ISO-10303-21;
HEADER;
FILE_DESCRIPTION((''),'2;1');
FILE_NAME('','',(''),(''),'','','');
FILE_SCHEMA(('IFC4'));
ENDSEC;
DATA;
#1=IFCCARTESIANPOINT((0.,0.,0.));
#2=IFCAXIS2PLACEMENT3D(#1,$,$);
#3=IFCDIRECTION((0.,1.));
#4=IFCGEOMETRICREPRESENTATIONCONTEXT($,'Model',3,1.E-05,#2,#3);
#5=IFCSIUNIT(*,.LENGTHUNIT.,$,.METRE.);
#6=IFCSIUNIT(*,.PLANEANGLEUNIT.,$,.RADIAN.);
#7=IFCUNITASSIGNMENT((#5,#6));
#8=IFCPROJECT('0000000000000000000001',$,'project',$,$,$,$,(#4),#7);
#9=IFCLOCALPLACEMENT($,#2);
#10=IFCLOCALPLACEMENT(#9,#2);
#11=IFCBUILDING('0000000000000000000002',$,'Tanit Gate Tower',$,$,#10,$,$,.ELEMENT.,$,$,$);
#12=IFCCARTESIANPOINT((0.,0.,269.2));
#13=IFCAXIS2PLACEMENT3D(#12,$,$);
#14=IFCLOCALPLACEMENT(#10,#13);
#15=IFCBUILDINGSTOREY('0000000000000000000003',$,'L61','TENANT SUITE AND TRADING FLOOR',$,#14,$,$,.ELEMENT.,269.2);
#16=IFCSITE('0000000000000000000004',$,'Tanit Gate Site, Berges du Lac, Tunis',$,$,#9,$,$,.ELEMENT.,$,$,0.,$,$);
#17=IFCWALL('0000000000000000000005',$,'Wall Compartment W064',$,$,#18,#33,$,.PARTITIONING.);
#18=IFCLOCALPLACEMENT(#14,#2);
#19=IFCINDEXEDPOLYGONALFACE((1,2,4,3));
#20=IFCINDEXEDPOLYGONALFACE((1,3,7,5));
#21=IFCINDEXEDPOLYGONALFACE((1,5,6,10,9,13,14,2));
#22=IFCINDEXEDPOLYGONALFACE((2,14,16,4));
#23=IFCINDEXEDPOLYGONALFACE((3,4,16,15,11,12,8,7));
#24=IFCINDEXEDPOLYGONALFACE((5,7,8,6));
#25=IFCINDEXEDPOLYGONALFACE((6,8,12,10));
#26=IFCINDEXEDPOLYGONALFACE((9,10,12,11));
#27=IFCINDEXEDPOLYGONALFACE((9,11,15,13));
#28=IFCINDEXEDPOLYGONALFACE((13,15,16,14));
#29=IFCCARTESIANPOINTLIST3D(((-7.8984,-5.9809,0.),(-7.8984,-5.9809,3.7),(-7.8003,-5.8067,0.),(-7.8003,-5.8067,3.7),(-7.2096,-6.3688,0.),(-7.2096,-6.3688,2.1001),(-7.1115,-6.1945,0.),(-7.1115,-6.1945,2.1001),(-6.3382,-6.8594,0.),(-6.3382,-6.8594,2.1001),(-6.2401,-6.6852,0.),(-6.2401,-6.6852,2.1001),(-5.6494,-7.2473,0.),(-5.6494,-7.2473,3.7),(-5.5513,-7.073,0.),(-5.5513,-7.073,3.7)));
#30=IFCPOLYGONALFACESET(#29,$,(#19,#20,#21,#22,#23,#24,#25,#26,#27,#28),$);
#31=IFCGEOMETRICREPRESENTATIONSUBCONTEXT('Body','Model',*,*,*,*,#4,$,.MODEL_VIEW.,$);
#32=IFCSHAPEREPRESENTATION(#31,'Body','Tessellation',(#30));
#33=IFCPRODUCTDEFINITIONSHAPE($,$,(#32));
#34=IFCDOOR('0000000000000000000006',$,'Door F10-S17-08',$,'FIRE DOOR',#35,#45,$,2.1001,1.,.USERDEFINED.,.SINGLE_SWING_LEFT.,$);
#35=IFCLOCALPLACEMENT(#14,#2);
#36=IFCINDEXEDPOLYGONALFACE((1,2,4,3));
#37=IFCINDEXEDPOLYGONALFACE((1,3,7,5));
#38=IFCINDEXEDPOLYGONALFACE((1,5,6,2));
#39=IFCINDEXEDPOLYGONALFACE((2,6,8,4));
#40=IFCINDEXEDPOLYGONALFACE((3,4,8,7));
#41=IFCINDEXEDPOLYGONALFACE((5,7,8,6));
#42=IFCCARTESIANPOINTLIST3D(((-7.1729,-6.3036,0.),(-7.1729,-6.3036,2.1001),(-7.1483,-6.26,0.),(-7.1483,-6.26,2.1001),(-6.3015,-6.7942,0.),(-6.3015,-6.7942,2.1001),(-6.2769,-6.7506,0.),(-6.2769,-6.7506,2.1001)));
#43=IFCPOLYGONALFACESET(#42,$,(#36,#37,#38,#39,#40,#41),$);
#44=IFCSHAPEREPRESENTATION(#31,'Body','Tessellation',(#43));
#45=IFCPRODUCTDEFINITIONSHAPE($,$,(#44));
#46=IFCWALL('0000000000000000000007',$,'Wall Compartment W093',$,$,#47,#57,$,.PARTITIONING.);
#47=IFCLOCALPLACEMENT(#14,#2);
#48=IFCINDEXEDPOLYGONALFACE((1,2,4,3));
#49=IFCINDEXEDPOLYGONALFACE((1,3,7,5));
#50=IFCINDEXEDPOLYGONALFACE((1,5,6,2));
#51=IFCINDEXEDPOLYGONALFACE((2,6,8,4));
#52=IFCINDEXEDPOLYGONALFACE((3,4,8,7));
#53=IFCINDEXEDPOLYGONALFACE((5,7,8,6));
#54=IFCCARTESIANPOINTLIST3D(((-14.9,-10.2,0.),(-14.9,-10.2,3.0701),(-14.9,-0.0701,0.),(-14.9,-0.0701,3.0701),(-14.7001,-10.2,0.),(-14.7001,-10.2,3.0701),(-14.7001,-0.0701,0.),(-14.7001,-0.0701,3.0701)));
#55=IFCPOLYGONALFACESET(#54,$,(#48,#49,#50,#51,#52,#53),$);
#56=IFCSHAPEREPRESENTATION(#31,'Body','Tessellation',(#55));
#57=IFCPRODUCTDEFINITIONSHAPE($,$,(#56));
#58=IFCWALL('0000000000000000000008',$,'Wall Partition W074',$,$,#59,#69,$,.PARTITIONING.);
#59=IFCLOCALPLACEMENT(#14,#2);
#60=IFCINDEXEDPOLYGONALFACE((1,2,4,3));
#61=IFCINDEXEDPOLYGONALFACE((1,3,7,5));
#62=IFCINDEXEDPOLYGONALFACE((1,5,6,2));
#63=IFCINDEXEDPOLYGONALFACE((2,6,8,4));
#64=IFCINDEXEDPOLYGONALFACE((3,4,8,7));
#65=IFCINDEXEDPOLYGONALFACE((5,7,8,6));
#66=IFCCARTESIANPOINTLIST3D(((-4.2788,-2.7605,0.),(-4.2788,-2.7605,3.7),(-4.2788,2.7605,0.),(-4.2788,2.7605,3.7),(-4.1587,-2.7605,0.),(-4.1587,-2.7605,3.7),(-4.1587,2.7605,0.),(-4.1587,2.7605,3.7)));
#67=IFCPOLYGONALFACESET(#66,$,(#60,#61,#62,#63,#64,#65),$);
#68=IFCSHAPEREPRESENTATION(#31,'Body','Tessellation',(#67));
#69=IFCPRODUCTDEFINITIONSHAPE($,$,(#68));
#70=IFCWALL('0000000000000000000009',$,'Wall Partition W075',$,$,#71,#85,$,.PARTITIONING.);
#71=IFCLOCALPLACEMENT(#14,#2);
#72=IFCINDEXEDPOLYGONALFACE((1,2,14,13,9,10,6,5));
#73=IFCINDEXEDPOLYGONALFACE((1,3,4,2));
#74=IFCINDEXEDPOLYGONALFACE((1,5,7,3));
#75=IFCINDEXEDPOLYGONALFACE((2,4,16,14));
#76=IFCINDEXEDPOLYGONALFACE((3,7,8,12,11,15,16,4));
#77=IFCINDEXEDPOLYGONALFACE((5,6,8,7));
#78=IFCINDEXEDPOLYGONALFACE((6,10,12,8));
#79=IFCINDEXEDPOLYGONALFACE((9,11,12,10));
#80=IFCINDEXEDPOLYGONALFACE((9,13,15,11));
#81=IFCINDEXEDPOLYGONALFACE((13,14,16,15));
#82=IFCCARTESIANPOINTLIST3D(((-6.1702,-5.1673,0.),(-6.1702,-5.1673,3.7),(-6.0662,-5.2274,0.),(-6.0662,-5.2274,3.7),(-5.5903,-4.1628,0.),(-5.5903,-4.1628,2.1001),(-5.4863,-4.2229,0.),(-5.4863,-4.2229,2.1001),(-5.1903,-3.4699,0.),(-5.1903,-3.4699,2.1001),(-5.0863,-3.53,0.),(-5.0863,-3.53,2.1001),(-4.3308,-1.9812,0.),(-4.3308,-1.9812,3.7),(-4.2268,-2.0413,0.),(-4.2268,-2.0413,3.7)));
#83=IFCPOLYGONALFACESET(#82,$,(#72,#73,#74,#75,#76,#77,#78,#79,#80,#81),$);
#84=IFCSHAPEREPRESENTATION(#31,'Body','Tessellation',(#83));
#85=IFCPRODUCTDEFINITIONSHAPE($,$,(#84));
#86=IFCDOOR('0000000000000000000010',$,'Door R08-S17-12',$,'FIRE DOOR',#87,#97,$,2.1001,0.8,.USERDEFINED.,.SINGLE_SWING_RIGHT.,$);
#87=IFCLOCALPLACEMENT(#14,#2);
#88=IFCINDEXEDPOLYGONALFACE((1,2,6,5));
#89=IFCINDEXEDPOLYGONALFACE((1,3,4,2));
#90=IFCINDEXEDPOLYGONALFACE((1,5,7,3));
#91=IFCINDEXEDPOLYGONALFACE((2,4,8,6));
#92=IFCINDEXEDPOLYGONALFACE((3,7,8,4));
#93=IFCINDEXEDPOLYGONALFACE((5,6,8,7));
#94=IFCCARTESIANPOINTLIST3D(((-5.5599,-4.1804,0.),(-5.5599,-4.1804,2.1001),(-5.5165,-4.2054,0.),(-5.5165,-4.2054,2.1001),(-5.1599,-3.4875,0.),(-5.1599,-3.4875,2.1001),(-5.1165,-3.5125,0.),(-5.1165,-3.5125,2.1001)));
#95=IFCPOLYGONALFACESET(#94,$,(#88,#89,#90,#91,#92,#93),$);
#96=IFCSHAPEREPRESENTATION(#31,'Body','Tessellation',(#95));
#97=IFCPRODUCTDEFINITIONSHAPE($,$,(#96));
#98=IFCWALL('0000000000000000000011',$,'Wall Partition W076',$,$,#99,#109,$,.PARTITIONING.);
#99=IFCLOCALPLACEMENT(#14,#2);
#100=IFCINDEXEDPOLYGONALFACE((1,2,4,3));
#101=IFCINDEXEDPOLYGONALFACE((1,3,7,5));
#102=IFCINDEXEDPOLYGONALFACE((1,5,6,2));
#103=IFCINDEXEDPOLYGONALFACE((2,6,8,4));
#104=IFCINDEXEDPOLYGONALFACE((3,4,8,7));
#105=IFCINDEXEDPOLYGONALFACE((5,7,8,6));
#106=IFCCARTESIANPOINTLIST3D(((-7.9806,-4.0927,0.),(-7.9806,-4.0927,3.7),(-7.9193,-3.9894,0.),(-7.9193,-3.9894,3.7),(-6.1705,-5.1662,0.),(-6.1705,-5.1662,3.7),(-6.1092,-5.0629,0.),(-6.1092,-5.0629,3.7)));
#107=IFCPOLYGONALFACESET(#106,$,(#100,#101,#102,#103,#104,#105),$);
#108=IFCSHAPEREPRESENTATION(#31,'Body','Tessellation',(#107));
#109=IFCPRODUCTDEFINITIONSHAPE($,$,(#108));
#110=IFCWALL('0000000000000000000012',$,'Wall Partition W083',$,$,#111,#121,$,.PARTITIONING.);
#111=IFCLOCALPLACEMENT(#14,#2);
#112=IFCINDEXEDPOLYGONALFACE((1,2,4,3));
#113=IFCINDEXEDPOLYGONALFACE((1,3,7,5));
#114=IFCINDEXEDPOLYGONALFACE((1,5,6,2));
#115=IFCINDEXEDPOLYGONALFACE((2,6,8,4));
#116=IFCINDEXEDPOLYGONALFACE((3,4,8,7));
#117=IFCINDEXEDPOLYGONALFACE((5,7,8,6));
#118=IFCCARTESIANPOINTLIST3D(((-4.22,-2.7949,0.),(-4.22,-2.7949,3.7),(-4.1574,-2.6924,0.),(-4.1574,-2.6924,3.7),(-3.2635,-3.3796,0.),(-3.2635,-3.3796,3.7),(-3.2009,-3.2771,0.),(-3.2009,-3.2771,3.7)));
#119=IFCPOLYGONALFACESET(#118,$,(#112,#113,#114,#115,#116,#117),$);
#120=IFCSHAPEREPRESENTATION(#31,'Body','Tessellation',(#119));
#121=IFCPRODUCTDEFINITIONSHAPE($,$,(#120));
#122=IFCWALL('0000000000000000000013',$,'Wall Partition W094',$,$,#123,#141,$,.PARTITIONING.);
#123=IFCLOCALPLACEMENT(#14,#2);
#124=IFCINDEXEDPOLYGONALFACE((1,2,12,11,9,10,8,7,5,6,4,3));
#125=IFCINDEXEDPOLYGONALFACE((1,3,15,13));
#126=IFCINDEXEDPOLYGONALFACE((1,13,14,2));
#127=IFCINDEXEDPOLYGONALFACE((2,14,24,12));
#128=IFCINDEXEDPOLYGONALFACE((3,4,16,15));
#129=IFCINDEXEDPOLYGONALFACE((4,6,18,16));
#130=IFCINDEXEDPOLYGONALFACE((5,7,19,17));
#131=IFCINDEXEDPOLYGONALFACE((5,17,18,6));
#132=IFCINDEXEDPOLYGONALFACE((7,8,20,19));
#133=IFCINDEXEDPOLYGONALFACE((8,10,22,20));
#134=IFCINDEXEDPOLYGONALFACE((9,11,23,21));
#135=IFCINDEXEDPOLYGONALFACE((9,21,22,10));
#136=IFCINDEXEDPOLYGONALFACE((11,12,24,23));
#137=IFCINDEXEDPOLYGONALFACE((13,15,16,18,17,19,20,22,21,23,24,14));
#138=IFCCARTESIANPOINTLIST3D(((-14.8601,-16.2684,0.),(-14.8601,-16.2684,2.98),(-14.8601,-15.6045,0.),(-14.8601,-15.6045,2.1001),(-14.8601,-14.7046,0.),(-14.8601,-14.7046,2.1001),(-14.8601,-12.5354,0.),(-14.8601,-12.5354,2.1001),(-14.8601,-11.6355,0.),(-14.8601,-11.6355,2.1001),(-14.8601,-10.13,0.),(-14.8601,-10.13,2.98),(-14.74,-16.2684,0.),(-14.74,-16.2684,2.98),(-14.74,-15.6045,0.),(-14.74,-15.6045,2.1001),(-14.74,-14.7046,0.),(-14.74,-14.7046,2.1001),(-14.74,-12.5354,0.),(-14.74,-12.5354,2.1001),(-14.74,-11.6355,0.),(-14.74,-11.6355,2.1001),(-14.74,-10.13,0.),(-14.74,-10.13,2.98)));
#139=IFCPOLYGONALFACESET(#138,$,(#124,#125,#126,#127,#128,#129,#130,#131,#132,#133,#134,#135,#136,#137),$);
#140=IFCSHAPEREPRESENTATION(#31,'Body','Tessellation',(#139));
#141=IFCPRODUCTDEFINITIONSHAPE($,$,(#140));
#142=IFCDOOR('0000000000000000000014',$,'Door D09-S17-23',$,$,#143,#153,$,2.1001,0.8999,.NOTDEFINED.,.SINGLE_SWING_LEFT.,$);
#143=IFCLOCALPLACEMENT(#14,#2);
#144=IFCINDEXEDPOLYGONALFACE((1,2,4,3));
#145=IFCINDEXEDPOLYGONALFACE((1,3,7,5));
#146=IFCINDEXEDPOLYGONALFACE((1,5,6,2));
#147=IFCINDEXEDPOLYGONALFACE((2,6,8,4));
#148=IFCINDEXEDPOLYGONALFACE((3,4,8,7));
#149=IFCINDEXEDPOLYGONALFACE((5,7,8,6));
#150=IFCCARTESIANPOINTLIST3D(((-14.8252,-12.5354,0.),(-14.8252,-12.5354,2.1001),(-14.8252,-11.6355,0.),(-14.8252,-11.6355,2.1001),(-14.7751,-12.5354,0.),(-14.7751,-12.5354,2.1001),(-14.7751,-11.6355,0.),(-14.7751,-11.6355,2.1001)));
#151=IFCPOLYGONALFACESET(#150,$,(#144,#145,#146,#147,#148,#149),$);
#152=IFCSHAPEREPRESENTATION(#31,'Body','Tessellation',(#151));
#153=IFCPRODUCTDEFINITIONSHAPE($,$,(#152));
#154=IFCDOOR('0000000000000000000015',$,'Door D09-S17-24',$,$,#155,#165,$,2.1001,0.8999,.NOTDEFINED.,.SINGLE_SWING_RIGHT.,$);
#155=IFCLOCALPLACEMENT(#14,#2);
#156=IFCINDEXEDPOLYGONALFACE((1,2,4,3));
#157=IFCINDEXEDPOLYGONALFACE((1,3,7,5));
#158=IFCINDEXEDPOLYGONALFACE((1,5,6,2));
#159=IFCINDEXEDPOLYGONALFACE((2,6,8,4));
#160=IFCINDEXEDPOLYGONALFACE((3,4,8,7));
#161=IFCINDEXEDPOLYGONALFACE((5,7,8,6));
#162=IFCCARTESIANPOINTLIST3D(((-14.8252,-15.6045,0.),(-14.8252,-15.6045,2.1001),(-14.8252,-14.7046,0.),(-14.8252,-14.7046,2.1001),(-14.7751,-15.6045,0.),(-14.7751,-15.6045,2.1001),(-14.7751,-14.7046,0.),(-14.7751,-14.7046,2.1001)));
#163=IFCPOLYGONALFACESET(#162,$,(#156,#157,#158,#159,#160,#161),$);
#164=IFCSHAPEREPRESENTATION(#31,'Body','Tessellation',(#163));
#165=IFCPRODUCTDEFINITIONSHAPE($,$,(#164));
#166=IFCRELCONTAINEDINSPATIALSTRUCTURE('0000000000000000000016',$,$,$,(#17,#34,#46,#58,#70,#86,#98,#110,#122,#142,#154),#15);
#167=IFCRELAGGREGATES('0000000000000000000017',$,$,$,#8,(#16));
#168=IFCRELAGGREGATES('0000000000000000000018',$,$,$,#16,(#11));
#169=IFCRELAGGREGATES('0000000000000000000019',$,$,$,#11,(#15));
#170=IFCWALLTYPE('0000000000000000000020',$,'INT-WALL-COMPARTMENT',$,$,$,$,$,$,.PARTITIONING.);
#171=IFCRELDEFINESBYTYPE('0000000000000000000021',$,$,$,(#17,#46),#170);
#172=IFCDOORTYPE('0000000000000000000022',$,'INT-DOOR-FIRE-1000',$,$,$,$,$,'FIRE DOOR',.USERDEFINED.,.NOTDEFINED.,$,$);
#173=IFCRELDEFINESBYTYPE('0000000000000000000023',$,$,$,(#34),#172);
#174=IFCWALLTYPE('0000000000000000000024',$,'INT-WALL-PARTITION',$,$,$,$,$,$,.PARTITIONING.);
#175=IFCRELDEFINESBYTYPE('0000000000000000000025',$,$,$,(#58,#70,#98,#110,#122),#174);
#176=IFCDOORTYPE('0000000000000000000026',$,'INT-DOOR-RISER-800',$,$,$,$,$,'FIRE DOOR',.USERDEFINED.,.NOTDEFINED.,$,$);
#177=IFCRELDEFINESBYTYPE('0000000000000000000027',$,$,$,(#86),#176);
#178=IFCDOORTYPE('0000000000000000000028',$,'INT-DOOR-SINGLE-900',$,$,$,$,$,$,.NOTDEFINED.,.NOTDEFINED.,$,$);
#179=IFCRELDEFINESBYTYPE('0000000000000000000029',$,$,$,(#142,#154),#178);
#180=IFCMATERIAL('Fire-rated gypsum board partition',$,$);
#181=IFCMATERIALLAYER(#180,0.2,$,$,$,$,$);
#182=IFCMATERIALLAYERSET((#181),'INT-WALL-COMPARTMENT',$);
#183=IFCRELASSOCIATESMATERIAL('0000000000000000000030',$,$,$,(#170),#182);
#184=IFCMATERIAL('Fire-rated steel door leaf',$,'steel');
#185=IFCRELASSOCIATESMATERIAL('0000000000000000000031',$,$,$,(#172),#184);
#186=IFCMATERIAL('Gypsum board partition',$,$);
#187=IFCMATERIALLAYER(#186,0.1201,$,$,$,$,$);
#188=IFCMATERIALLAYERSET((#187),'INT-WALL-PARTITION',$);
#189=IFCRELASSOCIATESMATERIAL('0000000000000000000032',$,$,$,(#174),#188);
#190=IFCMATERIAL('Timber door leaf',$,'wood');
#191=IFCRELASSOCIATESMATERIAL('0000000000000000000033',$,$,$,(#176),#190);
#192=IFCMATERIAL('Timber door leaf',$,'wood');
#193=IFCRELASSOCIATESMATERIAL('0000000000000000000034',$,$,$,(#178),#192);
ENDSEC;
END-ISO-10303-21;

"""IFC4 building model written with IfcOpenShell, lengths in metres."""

from ifc_helpers import new_model, si_unit, direction, frame, frame_2d, origin, place, context, subcontext, project, spatial, rectangle, extrude, material, layer, layer_set, type_object, element, fill, save


model = new_model("IFC4")

# Units and contexts
model_context = context("Model", 3, precision=1e-05, world=origin(), true_north=direction((0.0, 1.0)))
body_context = subcontext(model_context, "Body", "Model", "MODEL_VIEW")
ifc_project = project(units=[si_unit("LENGTHUNIT", "METRE"), si_unit("PLANEANGLEUNIT", "RADIAN")], contexts=[model_context])

# Site, building, storey
site_placement = place(None, origin())
site = spatial("IfcSite", under=ifc_project, at=site_placement, Name="Tanit Gate Site, Berges du Lac, Tunis", CompositionType="ELEMENT", RefElevation=0.0)
building_placement = place(site_placement, origin())
building = spatial("IfcBuilding", under=site, at=building_placement, Name="Tanit Gate Tower", CompositionType="ELEMENT")
storey_placement = place(building_placement, frame((0.0, 0.0, 269.2)))
storey = spatial("IfcBuildingStorey", under=building, at=storey_placement, Name="L61", Description="TENANT SUITE AND TRADING FLOOR", CompositionType="ELEMENT", Elevation=269.2)

# Wall, opening, door
ifc_material_1 = material(Name="Fire-rated gypsum board partition")
ifc_layer_1 = layer(ifc_material_1, 0.2)
ifc_layer_set_1 = layer_set([ifc_layer_1], Name="INT-WALL-COMPARTMENT")
wall_type_1 = type_object("IfcWallType", Name="INT-WALL-COMPARTMENT", PredefinedType="PARTITIONING", material=ifc_layer_set_1)
wall_1_placement = place(storey_placement, frame((-7.8494, -5.8938, 0.0), z_axis=(0.0, 0.0, 1.0), x_axis=(0.871363, -0.490638, 0.0)))
wall_1 = element("IfcWall", 1, at=wall_1_placement, inside=storey, type_object=wall_type_1, Name="Wall Compartment W064", PredefinedType="PARTITIONING", context=body_context, shape_type="SweptSolid", body=[
    extrude(rectangle(XDim=2.5811, YDim=0.2, at=frame_2d((1.2905, 0.0))), origin(), (0.0, 0.0, 1.0), 3.7),
])
opening_1_placement = place(wall_1_placement, frame((0.7905, 0.0, 0.0)))
opening_1 = element("IfcOpeningElement", 2, at=opening_1_placement, cuts=wall_1, PredefinedType="OPENING", context=body_context, shape_type="SweptSolid", body=[
    extrude(rectangle(XDim=1.0, YDim=2.1001, at=frame_2d((0.5, 1.05))), frame((0.0, 0.1099, 0.0), z_axis=(0.0, -1.0, 0.0), x_axis=(1.0, 0.0, 0.0)), (0.0, 0.0, 1.0), 0.22),
])
ifc_material_2 = material(Name="Fire-rated steel door leaf", Category="steel")
door_type_1 = type_object("IfcDoorType", Name="INT-DOOR-FIRE-1000", ElementType="FIRE DOOR", OperationType="NOTDEFINED", PredefinedType="USERDEFINED", material=ifc_material_2)
door_1_placement = place(opening_1_placement, origin())
door_1 = element("IfcDoor", 3, at=door_1_placement, inside=storey, type_object=door_type_1, Name="Door F10-S17-08", ObjectType="FIRE DOOR", OperationType="SINGLE_SWING_LEFT", OverallHeight=2.1001, OverallWidth=1.0, PredefinedType="USERDEFINED", context=body_context, shape_type="SweptSolid", body=[
    extrude(rectangle(XDim=1.0, YDim=2.1001, at=frame_2d((0.5, 1.05))), frame((0.0, 0.0249, 0.0), z_axis=(0.0, -1.0, 0.0), x_axis=(1.0, 0.0, 0.0)), (0.0, 0.0, 1.0), 0.05),
])
fill(opening_1, door_1)

# Walls
wall_2_placement = place(storey_placement, frame((-14.8, -0.0701, 0.0), z_axis=(0.0, 0.0, 1.0), x_axis=(0.0, -1.0, 0.0)))
element("IfcWall", 4, at=wall_2_placement, inside=storey, type_object=wall_type_1, Name="Wall Compartment W093", PredefinedType="PARTITIONING", context=body_context, shape_type="SweptSolid", body=[
    extrude(rectangle(XDim=10.1299, YDim=0.2, at=frame_2d((5.0649, 0.0))), origin(), (0.0, 0.0, 1.0), 3.0701),
])
ifc_material_3 = material(Name="Gypsum board partition")
ifc_layer_2 = layer(ifc_material_3, 0.1201)
ifc_layer_set_2 = layer_set([ifc_layer_2], Name="INT-WALL-PARTITION")
wall_type_2 = type_object("IfcWallType", Name="INT-WALL-PARTITION", PredefinedType="PARTITIONING", material=ifc_layer_set_2)
wall_3_placement = place(storey_placement, frame((-4.2188, -2.7605, 0.0), z_axis=(0.0, 0.0, 1.0), x_axis=(0.0, 1.0, 0.0)))
element("IfcWall", 5, at=wall_3_placement, inside=storey, type_object=wall_type_2, Name="Wall Partition W074", PredefinedType="PARTITIONING", context=body_context, shape_type="SweptSolid", body=[
    extrude(rectangle(XDim=5.521, YDim=0.1201, at=frame_2d((2.7605, 0.0))), origin(), (0.0, 0.0, 1.0), 3.7),
])

# Wall, opening, door
wall_4_placement = place(storey_placement, frame((-6.1182, -5.1973, 0.0), z_axis=(0.0, 0.0, 1.0), x_axis=(0.499979, 0.866038, 0.0)))
wall_4 = element("IfcWall", 6, at=wall_4_placement, inside=storey, type_object=wall_type_2, Name="Wall Partition W075", PredefinedType="PARTITIONING", context=body_context, shape_type="SweptSolid", body=[
    extrude(rectangle(XDim=3.679, YDim=0.1201, at=frame_2d((1.8394, 0.0))), origin(), (0.0, 0.0, 1.0), 3.7),
])
opening_2_placement = place(wall_4_placement, frame((1.1599, 0.0, 0.0)))
opening_2 = element("IfcOpeningElement", 7, at=opening_2_placement, cuts=wall_4, PredefinedType="OPENING", context=body_context, shape_type="SweptSolid", body=[
    extrude(rectangle(XDim=0.8, YDim=2.1001, at=frame_2d((0.3999, 1.05))), frame((0.0, 0.0701, 0.0), z_axis=(0.0, -1.0, 0.0), x_axis=(1.0, 0.0, 0.0)), (0.0, 0.0, 1.0), 0.1401),
])
ifc_material_4 = material(Name="Timber door leaf", Category="wood")
door_type_2 = type_object("IfcDoorType", Name="INT-DOOR-RISER-800", ElementType="FIRE DOOR", OperationType="NOTDEFINED", PredefinedType="USERDEFINED", material=ifc_material_4)
door_2_placement = place(opening_2_placement, origin())
door_2 = element("IfcDoor", 8, at=door_2_placement, inside=storey, type_object=door_type_2, Name="Door R08-S17-12", ObjectType="FIRE DOOR", OperationType="SINGLE_SWING_RIGHT", OverallHeight=2.1001, OverallWidth=0.8, PredefinedType="USERDEFINED", context=body_context, shape_type="SweptSolid", body=[
    extrude(rectangle(XDim=0.8, YDim=2.1001, at=frame_2d((0.3999, 1.05))), frame((0.0, 0.0249, 0.0), z_axis=(0.0, -1.0, 0.0), x_axis=(1.0, 0.0, 0.0)), (0.0, 0.0, 1.0), 0.05),
])
fill(opening_2, door_2)

# Walls
wall_5_placement = place(storey_placement, frame((-7.95, -4.041, 0.0), z_axis=(0.0, 0.0, 1.0), x_axis=(0.860112, -0.510104, 0.0)))
element("IfcWall", 9, at=wall_5_placement, inside=storey, type_object=wall_type_2, Name="Wall Partition W076", PredefinedType="PARTITIONING", context=body_context, shape_type="SweptSolid", body=[
    extrude(rectangle(XDim=2.1045, YDim=0.1201, at=frame_2d((1.0522, 0.0))), origin(), (0.0, 0.0, 1.0), 3.7),
])
wall_6_placement = place(storey_placement, frame((-4.1887, -2.7437, 0.0), z_axis=(0.0, 0.0, 1.0), x_axis=(0.853217, -0.521556, 0.0)))
element("IfcWall", 10, at=wall_6_placement, inside=storey, type_object=wall_type_2, Name="Wall Partition W083", PredefinedType="PARTITIONING", context=body_context, shape_type="SweptSolid", body=[
    extrude(rectangle(XDim=1.1211, YDim=0.1201, at=frame_2d((0.5605, 0.0))), origin(), (0.0, 0.0, 1.0), 3.7),
])

# Wall, openings, doors
wall_7_placement = place(storey_placement, frame((-14.8, -10.1299, 0.0), z_axis=(0.0, 0.0, 1.0), x_axis=(0.0, -1.0, 0.0)))
wall_7 = element("IfcWall", 11, at=wall_7_placement, inside=storey, type_object=wall_type_2, Name="Wall Partition W094", PredefinedType="PARTITIONING", context=body_context, shape_type="SweptSolid", body=[
    extrude(rectangle(XDim=6.1384, YDim=0.1201, at=frame_2d((3.0693, 0.0))), origin(), (0.0, 0.0, 1.0), 2.98),
])
opening_3_placement = place(wall_7_placement, frame((1.5056, 0.0, 0.0)))
opening_3 = element("IfcOpeningElement", 12, at=opening_3_placement, cuts=wall_7, PredefinedType="OPENING", context=body_context, shape_type="SweptSolid", body=[
    extrude(rectangle(XDim=0.8999, YDim=2.1001, at=frame_2d((0.45, 1.05))), frame((0.0, 0.0701, 0.0), z_axis=(0.0, -1.0, 0.0), x_axis=(1.0, 0.0, 0.0)), (0.0, 0.0, 1.0), 0.1401),
])
opening_4_placement = place(wall_7_placement, frame((4.5747, 0.0, 0.0)))
opening_4 = element("IfcOpeningElement", 13, at=opening_4_placement, cuts=wall_7, PredefinedType="OPENING", context=body_context, shape_type="SweptSolid", body=[
    extrude(rectangle(XDim=0.8999, YDim=2.1001, at=frame_2d((0.45, 1.05))), frame((0.0, 0.0701, 0.0), z_axis=(0.0, -1.0, 0.0), x_axis=(1.0, 0.0, 0.0)), (0.0, 0.0, 1.0), 0.1401),
])
ifc_material_5 = material(Name="Timber door leaf", Category="wood")
door_type_3 = type_object("IfcDoorType", Name="INT-DOOR-SINGLE-900", OperationType="NOTDEFINED", PredefinedType="NOTDEFINED", material=ifc_material_5)
door_3_placement = place(opening_3_placement, origin())
door_3 = element("IfcDoor", 14, at=door_3_placement, inside=storey, type_object=door_type_3, Name="Door D09-S17-23", OperationType="SINGLE_SWING_LEFT", OverallHeight=2.1001, OverallWidth=0.8999, PredefinedType="NOTDEFINED", context=body_context, shape_type="SweptSolid", body=[
    extrude(rectangle(XDim=0.8999, YDim=2.1001, at=frame_2d((0.45, 1.05))), frame((0.0, 0.0249, 0.0), z_axis=(0.0, -1.0, 0.0), x_axis=(1.0, 0.0, 0.0)), (0.0, 0.0, 1.0), 0.05),
])
fill(opening_3, door_3)
door_4_placement = place(opening_4_placement, origin())
door_4 = element("IfcDoor", 15, at=door_4_placement, inside=storey, type_object=door_type_3, Name="Door D09-S17-24", OperationType="SINGLE_SWING_RIGHT", OverallHeight=2.1001, OverallWidth=0.8999, PredefinedType="NOTDEFINED", context=body_context, shape_type="SweptSolid", body=[
    extrude(rectangle(XDim=0.8999, YDim=2.1001, at=frame_2d((0.45, 1.05))), frame((0.0, 0.0249, 0.0), z_axis=(0.0, -1.0, 0.0), x_axis=(1.0, 0.0, 0.0)), (0.0, 0.0, 1.0), 0.05),
])
fill(opening_4, door_4)

save(model, "model.ifc")
